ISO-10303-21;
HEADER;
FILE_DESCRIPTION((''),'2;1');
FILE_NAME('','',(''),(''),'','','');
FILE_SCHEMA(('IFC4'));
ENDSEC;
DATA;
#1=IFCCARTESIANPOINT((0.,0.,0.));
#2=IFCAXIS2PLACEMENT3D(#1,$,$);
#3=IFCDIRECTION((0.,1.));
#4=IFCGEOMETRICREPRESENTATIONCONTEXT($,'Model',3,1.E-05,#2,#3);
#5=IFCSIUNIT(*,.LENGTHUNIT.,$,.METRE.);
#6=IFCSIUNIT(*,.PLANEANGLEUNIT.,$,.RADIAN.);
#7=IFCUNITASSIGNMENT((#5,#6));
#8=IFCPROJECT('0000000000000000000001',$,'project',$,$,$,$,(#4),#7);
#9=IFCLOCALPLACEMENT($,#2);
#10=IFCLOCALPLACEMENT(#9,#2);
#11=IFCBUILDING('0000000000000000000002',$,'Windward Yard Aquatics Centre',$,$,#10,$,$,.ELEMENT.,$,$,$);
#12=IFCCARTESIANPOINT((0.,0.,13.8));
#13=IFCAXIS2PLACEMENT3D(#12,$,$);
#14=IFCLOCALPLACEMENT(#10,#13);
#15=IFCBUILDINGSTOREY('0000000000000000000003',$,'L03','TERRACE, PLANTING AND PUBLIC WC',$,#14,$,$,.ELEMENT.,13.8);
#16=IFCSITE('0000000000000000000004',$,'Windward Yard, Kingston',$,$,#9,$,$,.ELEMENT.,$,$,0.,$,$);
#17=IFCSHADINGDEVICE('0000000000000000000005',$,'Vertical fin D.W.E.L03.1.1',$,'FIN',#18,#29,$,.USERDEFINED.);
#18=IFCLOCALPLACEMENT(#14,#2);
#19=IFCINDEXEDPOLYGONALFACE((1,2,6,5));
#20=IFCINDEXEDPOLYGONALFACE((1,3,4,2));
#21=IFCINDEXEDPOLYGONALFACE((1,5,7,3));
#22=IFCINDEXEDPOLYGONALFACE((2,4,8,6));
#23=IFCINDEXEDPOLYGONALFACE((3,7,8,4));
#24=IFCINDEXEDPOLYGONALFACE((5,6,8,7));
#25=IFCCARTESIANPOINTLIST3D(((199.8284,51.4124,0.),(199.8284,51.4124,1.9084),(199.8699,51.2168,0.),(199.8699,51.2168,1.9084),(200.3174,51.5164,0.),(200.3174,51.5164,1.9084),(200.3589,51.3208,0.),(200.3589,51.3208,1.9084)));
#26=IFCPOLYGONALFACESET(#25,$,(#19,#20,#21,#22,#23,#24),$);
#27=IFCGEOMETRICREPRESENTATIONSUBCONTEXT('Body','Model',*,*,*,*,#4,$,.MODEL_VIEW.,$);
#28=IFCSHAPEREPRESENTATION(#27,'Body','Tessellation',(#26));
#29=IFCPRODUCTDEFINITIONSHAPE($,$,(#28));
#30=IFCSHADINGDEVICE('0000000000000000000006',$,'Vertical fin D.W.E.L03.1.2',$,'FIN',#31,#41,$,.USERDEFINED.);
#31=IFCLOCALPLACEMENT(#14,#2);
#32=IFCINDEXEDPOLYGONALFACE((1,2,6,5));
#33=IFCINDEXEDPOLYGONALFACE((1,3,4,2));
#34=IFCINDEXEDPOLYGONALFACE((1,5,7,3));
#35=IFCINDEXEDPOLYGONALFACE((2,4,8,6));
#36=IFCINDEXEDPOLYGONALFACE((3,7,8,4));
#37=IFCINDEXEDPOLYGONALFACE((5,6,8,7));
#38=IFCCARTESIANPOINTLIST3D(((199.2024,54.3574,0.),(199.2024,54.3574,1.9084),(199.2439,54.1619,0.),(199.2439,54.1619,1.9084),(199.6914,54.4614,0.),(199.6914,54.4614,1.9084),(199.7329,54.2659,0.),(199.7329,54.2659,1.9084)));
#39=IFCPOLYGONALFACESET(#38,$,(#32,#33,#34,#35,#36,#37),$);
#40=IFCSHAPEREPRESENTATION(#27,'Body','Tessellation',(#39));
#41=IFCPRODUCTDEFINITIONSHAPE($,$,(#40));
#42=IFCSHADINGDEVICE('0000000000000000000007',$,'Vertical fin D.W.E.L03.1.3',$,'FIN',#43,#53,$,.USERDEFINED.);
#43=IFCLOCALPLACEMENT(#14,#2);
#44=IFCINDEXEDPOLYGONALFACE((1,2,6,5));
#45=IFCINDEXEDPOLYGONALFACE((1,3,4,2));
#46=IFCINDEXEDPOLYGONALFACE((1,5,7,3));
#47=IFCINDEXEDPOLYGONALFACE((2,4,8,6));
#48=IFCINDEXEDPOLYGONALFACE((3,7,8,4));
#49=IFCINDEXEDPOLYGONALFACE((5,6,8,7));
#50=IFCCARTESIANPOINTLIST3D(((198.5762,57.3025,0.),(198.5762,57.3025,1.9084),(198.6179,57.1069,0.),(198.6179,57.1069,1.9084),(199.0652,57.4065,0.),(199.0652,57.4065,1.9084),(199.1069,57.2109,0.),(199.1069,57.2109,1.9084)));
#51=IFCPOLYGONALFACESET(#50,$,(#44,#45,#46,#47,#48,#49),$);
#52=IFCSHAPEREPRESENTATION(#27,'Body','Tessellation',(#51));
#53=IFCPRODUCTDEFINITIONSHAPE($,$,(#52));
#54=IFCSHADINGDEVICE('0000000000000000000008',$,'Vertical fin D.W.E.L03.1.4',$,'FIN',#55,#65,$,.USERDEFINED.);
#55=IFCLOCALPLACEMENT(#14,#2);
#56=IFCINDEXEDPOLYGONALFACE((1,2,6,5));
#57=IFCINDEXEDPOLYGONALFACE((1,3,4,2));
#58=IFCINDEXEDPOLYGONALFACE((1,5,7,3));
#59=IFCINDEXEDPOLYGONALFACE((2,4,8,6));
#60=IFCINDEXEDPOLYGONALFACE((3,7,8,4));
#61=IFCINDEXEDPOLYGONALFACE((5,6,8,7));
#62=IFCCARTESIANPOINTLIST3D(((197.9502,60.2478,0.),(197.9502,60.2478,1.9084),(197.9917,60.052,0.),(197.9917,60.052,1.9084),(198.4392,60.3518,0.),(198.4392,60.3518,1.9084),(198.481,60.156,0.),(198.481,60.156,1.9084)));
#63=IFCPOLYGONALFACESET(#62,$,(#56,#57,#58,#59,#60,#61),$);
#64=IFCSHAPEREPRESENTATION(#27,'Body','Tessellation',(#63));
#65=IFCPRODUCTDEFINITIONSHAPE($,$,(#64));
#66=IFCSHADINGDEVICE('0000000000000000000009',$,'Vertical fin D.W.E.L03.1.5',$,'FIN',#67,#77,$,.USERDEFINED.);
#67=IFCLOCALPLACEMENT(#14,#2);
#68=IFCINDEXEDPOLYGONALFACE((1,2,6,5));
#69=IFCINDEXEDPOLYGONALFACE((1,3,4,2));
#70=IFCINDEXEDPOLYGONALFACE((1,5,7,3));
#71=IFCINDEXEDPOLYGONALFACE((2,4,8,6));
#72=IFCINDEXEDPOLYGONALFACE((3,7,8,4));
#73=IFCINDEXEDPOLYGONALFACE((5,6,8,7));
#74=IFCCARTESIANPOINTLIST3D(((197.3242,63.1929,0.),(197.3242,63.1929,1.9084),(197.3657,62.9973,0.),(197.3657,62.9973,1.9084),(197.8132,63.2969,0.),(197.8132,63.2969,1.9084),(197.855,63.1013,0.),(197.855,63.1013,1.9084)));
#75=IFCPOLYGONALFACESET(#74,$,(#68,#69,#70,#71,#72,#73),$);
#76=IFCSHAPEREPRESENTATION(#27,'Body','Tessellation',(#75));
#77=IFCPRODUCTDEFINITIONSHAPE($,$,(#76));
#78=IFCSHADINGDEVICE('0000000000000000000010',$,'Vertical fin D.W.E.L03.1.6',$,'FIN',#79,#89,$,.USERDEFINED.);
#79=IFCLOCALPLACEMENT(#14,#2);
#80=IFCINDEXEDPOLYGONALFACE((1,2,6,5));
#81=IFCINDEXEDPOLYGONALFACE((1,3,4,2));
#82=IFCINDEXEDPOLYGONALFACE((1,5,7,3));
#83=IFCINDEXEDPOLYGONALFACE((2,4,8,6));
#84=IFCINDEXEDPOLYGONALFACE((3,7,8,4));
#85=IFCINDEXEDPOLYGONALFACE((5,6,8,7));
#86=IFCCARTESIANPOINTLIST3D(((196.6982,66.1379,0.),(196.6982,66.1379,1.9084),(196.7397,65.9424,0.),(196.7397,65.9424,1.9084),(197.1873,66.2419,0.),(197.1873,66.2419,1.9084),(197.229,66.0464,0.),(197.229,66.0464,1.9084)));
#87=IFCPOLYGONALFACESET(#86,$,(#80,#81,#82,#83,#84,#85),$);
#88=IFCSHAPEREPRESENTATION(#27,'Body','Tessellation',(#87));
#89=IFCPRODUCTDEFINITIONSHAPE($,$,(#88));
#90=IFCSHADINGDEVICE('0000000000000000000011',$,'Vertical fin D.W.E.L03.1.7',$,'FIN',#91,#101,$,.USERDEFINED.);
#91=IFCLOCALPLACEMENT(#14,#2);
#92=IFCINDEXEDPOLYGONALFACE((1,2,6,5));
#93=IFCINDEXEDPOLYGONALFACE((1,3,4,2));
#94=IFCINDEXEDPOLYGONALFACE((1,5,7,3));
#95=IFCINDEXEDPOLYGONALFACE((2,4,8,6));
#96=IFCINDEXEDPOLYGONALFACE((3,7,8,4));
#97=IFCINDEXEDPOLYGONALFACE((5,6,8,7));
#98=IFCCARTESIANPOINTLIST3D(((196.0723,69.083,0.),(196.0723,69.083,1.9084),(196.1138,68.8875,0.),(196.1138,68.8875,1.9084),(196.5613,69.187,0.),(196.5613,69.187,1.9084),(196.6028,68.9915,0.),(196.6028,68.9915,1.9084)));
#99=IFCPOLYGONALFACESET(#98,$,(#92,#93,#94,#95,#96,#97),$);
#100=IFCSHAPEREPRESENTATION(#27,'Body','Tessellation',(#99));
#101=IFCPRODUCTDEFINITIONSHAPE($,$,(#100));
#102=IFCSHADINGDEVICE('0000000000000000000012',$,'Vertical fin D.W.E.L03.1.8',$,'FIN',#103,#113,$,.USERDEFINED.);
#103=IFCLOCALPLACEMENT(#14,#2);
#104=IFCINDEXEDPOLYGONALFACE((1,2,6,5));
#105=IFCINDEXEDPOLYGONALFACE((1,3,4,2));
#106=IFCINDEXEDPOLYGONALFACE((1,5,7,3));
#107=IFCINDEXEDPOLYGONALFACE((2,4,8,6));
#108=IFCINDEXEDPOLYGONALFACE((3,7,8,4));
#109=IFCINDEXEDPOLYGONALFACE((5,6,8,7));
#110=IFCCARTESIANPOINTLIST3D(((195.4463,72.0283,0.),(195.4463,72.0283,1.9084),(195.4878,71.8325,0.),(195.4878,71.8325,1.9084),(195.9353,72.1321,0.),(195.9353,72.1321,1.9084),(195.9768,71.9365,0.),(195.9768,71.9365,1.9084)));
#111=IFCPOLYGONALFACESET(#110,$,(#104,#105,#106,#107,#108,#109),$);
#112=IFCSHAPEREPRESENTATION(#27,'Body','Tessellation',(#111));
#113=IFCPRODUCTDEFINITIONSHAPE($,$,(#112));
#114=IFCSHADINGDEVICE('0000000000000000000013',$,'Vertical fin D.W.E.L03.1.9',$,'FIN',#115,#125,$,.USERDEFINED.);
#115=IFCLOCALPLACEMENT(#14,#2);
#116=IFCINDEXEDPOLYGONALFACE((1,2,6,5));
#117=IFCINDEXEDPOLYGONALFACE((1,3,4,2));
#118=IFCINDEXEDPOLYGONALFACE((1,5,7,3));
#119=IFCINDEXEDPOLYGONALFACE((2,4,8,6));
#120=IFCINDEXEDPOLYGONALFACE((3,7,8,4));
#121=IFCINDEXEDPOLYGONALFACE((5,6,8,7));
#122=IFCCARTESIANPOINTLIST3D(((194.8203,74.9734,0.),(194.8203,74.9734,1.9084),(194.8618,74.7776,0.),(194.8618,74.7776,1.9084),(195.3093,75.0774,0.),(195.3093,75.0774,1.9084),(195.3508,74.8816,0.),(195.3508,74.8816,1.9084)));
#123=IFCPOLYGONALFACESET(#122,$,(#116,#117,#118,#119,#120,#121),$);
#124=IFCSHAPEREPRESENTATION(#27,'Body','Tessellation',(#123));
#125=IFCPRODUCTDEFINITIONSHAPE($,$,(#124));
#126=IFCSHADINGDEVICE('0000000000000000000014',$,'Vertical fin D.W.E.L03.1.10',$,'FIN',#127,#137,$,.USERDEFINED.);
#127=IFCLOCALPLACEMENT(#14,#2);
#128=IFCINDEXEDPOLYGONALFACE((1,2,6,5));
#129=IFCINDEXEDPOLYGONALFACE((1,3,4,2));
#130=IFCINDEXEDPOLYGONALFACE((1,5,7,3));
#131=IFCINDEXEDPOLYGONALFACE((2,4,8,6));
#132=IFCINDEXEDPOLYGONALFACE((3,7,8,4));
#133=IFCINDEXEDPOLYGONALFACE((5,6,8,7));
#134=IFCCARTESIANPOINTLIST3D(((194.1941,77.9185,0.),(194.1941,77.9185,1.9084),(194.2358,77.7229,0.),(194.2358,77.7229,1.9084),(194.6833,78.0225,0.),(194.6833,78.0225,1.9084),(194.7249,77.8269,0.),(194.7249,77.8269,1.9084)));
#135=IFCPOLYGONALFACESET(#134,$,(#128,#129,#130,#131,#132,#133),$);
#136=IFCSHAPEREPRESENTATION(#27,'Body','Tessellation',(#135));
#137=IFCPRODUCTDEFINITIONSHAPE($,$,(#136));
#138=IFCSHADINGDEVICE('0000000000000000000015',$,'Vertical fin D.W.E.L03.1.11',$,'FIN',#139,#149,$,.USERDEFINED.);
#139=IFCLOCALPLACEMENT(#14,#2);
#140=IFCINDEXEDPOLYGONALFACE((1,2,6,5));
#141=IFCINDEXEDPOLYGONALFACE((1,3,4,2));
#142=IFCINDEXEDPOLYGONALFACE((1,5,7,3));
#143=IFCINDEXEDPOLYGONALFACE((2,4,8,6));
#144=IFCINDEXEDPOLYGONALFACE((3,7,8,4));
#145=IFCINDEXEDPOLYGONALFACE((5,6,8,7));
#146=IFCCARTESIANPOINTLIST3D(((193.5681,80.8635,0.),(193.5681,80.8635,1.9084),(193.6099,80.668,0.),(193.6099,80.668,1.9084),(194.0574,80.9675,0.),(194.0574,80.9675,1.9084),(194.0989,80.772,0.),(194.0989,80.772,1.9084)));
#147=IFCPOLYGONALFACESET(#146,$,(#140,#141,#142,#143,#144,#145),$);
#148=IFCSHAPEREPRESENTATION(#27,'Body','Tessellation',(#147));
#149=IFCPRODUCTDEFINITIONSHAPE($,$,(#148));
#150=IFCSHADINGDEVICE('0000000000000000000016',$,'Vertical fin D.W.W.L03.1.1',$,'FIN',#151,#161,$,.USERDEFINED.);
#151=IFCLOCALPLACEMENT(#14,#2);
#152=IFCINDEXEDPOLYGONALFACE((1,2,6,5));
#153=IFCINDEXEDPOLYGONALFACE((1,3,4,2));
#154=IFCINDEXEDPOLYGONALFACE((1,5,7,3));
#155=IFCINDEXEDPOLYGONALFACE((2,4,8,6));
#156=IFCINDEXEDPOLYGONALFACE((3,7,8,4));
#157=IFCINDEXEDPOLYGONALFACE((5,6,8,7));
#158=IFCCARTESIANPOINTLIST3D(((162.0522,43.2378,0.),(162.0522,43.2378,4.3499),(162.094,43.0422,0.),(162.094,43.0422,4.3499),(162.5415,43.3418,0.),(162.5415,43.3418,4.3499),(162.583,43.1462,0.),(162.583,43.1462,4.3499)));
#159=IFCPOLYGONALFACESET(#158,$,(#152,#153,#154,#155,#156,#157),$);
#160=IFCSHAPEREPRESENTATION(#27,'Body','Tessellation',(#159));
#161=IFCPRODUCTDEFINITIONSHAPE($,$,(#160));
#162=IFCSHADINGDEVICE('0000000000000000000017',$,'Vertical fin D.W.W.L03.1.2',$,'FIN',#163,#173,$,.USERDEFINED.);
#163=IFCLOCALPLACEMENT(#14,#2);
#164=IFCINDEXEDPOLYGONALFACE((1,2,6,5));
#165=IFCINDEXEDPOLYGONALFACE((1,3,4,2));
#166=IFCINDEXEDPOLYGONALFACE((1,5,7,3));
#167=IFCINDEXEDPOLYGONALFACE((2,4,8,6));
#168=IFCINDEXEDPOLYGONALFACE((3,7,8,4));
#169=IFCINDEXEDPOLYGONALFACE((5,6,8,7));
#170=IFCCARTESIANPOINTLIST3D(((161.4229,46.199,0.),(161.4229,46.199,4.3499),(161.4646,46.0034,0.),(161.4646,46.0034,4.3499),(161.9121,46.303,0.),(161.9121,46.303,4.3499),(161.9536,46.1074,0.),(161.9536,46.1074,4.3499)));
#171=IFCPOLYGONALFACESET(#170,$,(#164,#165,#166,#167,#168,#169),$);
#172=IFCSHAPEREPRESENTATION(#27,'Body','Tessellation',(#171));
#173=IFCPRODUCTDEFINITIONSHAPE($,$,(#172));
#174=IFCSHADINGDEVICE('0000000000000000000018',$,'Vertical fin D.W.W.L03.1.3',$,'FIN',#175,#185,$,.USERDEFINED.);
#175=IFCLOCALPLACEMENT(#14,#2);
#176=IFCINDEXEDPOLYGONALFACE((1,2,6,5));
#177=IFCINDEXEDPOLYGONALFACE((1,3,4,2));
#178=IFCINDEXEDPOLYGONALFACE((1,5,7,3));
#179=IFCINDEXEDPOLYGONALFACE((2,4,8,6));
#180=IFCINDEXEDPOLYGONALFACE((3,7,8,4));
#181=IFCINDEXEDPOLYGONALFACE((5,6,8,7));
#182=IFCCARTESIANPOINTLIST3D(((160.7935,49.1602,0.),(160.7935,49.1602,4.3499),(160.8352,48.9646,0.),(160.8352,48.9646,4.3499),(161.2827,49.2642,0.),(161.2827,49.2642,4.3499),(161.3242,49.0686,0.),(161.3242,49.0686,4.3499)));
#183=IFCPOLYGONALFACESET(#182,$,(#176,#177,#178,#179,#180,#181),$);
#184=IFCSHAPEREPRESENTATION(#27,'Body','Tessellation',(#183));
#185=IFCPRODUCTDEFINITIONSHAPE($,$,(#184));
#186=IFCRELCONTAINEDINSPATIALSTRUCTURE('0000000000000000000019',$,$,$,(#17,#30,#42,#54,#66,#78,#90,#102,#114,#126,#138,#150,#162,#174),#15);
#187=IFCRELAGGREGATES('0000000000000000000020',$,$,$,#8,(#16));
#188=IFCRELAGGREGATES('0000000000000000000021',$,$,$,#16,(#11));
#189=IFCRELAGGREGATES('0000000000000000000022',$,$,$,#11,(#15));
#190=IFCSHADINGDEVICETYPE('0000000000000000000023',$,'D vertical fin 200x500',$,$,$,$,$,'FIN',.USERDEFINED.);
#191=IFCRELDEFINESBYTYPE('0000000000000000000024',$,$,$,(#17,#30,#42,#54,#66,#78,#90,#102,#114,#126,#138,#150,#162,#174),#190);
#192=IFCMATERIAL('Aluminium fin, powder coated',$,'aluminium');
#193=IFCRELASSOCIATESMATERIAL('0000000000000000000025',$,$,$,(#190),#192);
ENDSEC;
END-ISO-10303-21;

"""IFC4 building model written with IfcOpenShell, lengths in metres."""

from ifc_helpers import new_model, si_unit, direction, frame, origin, place, context, subcontext, project, spatial, polyline, outline, extrude, material, type_object, element, save


model = new_model("IFC4")

# Units and contexts
model_context = context("Model", 3, precision=1e-05, world=origin(), true_north=direction((0.0, 1.0)))
body_context = subcontext(model_context, "Body", "Model", "MODEL_VIEW")
ifc_project = project(units=[si_unit("LENGTHUNIT", "METRE"), si_unit("PLANEANGLEUNIT", "RADIAN")], contexts=[model_context])

# Site, building, storey
site_placement = place(None, origin())
site = spatial("IfcSite", under=ifc_project, at=site_placement, Name="Windward Yard, Kingston", CompositionType="ELEMENT", RefElevation=0.0)
building_placement = place(site_placement, origin())
building = spatial("IfcBuilding", under=site, at=building_placement, Name="Windward Yard Aquatics Centre", CompositionType="ELEMENT")
storey_placement = place(building_placement, frame((0.0, 0.0, 13.8)))
storey = spatial("IfcBuildingStorey", under=building, at=storey_placement, Name="L03", Description="TERRACE, PLANTING AND PUBLIC WC", CompositionType="ELEMENT", Elevation=13.8)

# Shading devices
ifc_material_1 = material(Name="Aluminium fin, powder coated", Category="aluminium")
shading_device_type_1 = type_object("IfcShadingDeviceType", Name="D vertical fin 200x500", ElementType="FIN", PredefinedType="USERDEFINED", material=ifc_material_1)
shading_device_1_placement = place(storey_placement, origin())
element("IfcShadingDevice", 1, at=shading_device_1_placement, inside=storey, type_object=shading_device_type_1, Name="Vertical fin D.W.E.L03.1.1", ObjectType="FIN", PredefinedType="USERDEFINED", context=body_context, shape_type="SweptSolid", body=[
    extrude(outline(polyline([(199.8284, 51.4124), (200.3174, 51.5164), (200.3589, 51.3208), (199.8699, 51.2168), (199.8284, 51.4124)])), origin(), (0.0, 0.0, 1.0), 1.9084),
])
shading_device_2_placement = place(storey_placement, origin())
element("IfcShadingDevice", 2, at=shading_device_2_placement, inside=storey, type_object=shading_device_type_1, Name="Vertical fin D.W.E.L03.1.2", ObjectType="FIN", PredefinedType="USERDEFINED", context=body_context, shape_type="SweptSolid", body=[
    extrude(outline(polyline([(199.2024, 54.3574), (199.6914, 54.4614), (199.7329, 54.2659), (199.2439, 54.1619), (199.2024, 54.3574)])), origin(), (0.0, 0.0, 1.0), 1.9084),
])
shading_device_3_placement = place(storey_placement, origin())
element("IfcShadingDevice", 3, at=shading_device_3_placement, inside=storey, type_object=shading_device_type_1, Name="Vertical fin D.W.E.L03.1.3", ObjectType="FIN", PredefinedType="USERDEFINED", context=body_context, shape_type="SweptSolid", body=[
    extrude(outline(polyline([(198.5762, 57.3025), (199.0652, 57.4065), (199.1069, 57.2109), (198.6179, 57.1069), (198.5762, 57.3025)])), origin(), (0.0, 0.0, 1.0), 1.9084),
])
shading_device_4_placement = place(storey_placement, origin())
element("IfcShadingDevice", 4, at=shading_device_4_placement, inside=storey, type_object=shading_device_type_1, Name="Vertical fin D.W.E.L03.1.4", ObjectType="FIN", PredefinedType="USERDEFINED", context=body_context, shape_type="SweptSolid", body=[
    extrude(outline(polyline([(197.9502, 60.2478), (198.4392, 60.3518), (198.481, 60.156), (197.9917, 60.052), (197.9502, 60.2478)])), origin(), (0.0, 0.0, 1.0), 1.9084),
])
shading_device_5_placement = place(storey_placement, origin())
element("IfcShadingDevice", 5, at=shading_device_5_placement, inside=storey, type_object=shading_device_type_1, Name="Vertical fin D.W.E.L03.1.5", ObjectType="FIN", PredefinedType="USERDEFINED", context=body_context, shape_type="SweptSolid", body=[
    extrude(outline(polyline([(197.3242, 63.1929), (197.8132, 63.2969), (197.855, 63.1013), (197.3657, 62.9973), (197.3242, 63.1929)])), origin(), (0.0, 0.0, 1.0), 1.9084),
])
shading_device_6_placement = place(storey_placement, origin())
element("IfcShadingDevice", 6, at=shading_device_6_placement, inside=storey, type_object=shading_device_type_1, Name="Vertical fin D.W.E.L03.1.6", ObjectType="FIN", PredefinedType="USERDEFINED", context=body_context, shape_type="SweptSolid", body=[
    extrude(outline(polyline([(196.6982, 66.1379), (197.1873, 66.2419), (197.229, 66.0464), (196.7397, 65.9424), (196.6982, 66.1379)])), origin(), (0.0, 0.0, 1.0), 1.9084),
])
shading_device_7_placement = place(storey_placement, origin())
element("IfcShadingDevice", 7, at=shading_device_7_placement, inside=storey, type_object=shading_device_type_1, Name="Vertical fin D.W.E.L03.1.7", ObjectType="FIN", PredefinedType="USERDEFINED", context=body_context, shape_type="SweptSolid", body=[
    extrude(outline(polyline([(196.0723, 69.083), (196.5613, 69.187), (196.6028, 68.9915), (196.1138, 68.8875), (196.0723, 69.083)])), origin(), (0.0, 0.0, 1.0), 1.9084),
])
shading_device_8_placement = place(storey_placement, origin())
element("IfcShadingDevice", 8, at=shading_device_8_placement, inside=storey, type_object=shading_device_type_1, Name="Vertical fin D.W.E.L03.1.8", ObjectType="FIN", PredefinedType="USERDEFINED", context=body_context, shape_type="SweptSolid", body=[
    extrude(outline(polyline([(195.4463, 72.0283), (195.9353, 72.1321), (195.9768, 71.9365), (195.4878, 71.8325), (195.4463, 72.0283)])), origin(), (0.0, 0.0, 1.0), 1.9084),
])
shading_device_9_placement = place(storey_placement, origin())
element("IfcShadingDevice", 9, at=shading_device_9_placement, inside=storey, type_object=shading_device_type_1, Name="Vertical fin D.W.E.L03.1.9", ObjectType="FIN", PredefinedType="USERDEFINED", context=body_context, shape_type="SweptSolid", body=[
    extrude(outline(polyline([(194.8203, 74.9734), (195.3093, 75.0774), (195.3508, 74.8816), (194.8618, 74.7776), (194.8203, 74.9734)])), origin(), (0.0, 0.0, 1.0), 1.9084),
])
shading_device_10_placement = place(storey_placement, origin())
element("IfcShadingDevice", 10, at=shading_device_10_placement, inside=storey, type_object=shading_device_type_1, Name="Vertical fin D.W.E.L03.1.10", ObjectType="FIN", PredefinedType="USERDEFINED", context=body_context, shape_type="SweptSolid", body=[
    extrude(outline(polyline([(194.1941, 77.9185), (194.6833, 78.0225), (194.7249, 77.8269), (194.2358, 77.7229), (194.1941, 77.9185)])), origin(), (0.0, 0.0, 1.0), 1.9084),
])
shading_device_11_placement = place(storey_placement, origin())
element("IfcShadingDevice", 11, at=shading_device_11_placement, inside=storey, type_object=shading_device_type_1, Name="Vertical fin D.W.E.L03.1.11", ObjectType="FIN", PredefinedType="USERDEFINED", context=body_context, shape_type="SweptSolid", body=[
    extrude(outline(polyline([(193.5681, 80.8635), (194.0574, 80.9675), (194.0989, 80.772), (193.6099, 80.668), (193.5681, 80.8635)])), origin(), (0.0, 0.0, 1.0), 1.9084),
])
shading_device_12_placement = place(storey_placement, origin())
element("IfcShadingDevice", 12, at=shading_device_12_placement, inside=storey, type_object=shading_device_type_1, Name="Vertical fin D.W.W.L03.1.1", ObjectType="FIN", PredefinedType="USERDEFINED", context=body_context, shape_type="SweptSolid", body=[
    extrude(outline(polyline([(162.0522, 43.2378), (162.094, 43.0422), (162.583, 43.1462), (162.5415, 43.3418), (162.0522, 43.2378)])), origin(), (0.0, 0.0, 1.0), 4.3499),
])
shading_device_13_placement = place(storey_placement, origin())
element("IfcShadingDevice", 13, at=shading_device_13_placement, inside=storey, type_object=shading_device_type_1, Name="Vertical fin D.W.W.L03.1.2", ObjectType="FIN", PredefinedType="USERDEFINED", context=body_context, shape_type="SweptSolid", body=[
    extrude(outline(polyline([(161.4229, 46.199), (161.4646, 46.0034), (161.9536, 46.1074), (161.9121, 46.303), (161.4229, 46.199)])), origin(), (0.0, 0.0, 1.0), 4.3499),
])
shading_device_14_placement = place(storey_placement, origin())
element("IfcShadingDevice", 14, at=shading_device_14_placement, inside=storey, type_object=shading_device_type_1, Name="Vertical fin D.W.W.L03.1.3", ObjectType="FIN", PredefinedType="USERDEFINED", context=body_context, shape_type="SweptSolid", body=[
    extrude(outline(polyline([(160.7935, 49.1602), (160.8352, 48.9646), (161.3242, 49.0686), (161.2827, 49.2642), (160.7935, 49.1602)])), origin(), (0.0, 0.0, 1.0), 4.3499),
])

save(model, "model.ifc")
